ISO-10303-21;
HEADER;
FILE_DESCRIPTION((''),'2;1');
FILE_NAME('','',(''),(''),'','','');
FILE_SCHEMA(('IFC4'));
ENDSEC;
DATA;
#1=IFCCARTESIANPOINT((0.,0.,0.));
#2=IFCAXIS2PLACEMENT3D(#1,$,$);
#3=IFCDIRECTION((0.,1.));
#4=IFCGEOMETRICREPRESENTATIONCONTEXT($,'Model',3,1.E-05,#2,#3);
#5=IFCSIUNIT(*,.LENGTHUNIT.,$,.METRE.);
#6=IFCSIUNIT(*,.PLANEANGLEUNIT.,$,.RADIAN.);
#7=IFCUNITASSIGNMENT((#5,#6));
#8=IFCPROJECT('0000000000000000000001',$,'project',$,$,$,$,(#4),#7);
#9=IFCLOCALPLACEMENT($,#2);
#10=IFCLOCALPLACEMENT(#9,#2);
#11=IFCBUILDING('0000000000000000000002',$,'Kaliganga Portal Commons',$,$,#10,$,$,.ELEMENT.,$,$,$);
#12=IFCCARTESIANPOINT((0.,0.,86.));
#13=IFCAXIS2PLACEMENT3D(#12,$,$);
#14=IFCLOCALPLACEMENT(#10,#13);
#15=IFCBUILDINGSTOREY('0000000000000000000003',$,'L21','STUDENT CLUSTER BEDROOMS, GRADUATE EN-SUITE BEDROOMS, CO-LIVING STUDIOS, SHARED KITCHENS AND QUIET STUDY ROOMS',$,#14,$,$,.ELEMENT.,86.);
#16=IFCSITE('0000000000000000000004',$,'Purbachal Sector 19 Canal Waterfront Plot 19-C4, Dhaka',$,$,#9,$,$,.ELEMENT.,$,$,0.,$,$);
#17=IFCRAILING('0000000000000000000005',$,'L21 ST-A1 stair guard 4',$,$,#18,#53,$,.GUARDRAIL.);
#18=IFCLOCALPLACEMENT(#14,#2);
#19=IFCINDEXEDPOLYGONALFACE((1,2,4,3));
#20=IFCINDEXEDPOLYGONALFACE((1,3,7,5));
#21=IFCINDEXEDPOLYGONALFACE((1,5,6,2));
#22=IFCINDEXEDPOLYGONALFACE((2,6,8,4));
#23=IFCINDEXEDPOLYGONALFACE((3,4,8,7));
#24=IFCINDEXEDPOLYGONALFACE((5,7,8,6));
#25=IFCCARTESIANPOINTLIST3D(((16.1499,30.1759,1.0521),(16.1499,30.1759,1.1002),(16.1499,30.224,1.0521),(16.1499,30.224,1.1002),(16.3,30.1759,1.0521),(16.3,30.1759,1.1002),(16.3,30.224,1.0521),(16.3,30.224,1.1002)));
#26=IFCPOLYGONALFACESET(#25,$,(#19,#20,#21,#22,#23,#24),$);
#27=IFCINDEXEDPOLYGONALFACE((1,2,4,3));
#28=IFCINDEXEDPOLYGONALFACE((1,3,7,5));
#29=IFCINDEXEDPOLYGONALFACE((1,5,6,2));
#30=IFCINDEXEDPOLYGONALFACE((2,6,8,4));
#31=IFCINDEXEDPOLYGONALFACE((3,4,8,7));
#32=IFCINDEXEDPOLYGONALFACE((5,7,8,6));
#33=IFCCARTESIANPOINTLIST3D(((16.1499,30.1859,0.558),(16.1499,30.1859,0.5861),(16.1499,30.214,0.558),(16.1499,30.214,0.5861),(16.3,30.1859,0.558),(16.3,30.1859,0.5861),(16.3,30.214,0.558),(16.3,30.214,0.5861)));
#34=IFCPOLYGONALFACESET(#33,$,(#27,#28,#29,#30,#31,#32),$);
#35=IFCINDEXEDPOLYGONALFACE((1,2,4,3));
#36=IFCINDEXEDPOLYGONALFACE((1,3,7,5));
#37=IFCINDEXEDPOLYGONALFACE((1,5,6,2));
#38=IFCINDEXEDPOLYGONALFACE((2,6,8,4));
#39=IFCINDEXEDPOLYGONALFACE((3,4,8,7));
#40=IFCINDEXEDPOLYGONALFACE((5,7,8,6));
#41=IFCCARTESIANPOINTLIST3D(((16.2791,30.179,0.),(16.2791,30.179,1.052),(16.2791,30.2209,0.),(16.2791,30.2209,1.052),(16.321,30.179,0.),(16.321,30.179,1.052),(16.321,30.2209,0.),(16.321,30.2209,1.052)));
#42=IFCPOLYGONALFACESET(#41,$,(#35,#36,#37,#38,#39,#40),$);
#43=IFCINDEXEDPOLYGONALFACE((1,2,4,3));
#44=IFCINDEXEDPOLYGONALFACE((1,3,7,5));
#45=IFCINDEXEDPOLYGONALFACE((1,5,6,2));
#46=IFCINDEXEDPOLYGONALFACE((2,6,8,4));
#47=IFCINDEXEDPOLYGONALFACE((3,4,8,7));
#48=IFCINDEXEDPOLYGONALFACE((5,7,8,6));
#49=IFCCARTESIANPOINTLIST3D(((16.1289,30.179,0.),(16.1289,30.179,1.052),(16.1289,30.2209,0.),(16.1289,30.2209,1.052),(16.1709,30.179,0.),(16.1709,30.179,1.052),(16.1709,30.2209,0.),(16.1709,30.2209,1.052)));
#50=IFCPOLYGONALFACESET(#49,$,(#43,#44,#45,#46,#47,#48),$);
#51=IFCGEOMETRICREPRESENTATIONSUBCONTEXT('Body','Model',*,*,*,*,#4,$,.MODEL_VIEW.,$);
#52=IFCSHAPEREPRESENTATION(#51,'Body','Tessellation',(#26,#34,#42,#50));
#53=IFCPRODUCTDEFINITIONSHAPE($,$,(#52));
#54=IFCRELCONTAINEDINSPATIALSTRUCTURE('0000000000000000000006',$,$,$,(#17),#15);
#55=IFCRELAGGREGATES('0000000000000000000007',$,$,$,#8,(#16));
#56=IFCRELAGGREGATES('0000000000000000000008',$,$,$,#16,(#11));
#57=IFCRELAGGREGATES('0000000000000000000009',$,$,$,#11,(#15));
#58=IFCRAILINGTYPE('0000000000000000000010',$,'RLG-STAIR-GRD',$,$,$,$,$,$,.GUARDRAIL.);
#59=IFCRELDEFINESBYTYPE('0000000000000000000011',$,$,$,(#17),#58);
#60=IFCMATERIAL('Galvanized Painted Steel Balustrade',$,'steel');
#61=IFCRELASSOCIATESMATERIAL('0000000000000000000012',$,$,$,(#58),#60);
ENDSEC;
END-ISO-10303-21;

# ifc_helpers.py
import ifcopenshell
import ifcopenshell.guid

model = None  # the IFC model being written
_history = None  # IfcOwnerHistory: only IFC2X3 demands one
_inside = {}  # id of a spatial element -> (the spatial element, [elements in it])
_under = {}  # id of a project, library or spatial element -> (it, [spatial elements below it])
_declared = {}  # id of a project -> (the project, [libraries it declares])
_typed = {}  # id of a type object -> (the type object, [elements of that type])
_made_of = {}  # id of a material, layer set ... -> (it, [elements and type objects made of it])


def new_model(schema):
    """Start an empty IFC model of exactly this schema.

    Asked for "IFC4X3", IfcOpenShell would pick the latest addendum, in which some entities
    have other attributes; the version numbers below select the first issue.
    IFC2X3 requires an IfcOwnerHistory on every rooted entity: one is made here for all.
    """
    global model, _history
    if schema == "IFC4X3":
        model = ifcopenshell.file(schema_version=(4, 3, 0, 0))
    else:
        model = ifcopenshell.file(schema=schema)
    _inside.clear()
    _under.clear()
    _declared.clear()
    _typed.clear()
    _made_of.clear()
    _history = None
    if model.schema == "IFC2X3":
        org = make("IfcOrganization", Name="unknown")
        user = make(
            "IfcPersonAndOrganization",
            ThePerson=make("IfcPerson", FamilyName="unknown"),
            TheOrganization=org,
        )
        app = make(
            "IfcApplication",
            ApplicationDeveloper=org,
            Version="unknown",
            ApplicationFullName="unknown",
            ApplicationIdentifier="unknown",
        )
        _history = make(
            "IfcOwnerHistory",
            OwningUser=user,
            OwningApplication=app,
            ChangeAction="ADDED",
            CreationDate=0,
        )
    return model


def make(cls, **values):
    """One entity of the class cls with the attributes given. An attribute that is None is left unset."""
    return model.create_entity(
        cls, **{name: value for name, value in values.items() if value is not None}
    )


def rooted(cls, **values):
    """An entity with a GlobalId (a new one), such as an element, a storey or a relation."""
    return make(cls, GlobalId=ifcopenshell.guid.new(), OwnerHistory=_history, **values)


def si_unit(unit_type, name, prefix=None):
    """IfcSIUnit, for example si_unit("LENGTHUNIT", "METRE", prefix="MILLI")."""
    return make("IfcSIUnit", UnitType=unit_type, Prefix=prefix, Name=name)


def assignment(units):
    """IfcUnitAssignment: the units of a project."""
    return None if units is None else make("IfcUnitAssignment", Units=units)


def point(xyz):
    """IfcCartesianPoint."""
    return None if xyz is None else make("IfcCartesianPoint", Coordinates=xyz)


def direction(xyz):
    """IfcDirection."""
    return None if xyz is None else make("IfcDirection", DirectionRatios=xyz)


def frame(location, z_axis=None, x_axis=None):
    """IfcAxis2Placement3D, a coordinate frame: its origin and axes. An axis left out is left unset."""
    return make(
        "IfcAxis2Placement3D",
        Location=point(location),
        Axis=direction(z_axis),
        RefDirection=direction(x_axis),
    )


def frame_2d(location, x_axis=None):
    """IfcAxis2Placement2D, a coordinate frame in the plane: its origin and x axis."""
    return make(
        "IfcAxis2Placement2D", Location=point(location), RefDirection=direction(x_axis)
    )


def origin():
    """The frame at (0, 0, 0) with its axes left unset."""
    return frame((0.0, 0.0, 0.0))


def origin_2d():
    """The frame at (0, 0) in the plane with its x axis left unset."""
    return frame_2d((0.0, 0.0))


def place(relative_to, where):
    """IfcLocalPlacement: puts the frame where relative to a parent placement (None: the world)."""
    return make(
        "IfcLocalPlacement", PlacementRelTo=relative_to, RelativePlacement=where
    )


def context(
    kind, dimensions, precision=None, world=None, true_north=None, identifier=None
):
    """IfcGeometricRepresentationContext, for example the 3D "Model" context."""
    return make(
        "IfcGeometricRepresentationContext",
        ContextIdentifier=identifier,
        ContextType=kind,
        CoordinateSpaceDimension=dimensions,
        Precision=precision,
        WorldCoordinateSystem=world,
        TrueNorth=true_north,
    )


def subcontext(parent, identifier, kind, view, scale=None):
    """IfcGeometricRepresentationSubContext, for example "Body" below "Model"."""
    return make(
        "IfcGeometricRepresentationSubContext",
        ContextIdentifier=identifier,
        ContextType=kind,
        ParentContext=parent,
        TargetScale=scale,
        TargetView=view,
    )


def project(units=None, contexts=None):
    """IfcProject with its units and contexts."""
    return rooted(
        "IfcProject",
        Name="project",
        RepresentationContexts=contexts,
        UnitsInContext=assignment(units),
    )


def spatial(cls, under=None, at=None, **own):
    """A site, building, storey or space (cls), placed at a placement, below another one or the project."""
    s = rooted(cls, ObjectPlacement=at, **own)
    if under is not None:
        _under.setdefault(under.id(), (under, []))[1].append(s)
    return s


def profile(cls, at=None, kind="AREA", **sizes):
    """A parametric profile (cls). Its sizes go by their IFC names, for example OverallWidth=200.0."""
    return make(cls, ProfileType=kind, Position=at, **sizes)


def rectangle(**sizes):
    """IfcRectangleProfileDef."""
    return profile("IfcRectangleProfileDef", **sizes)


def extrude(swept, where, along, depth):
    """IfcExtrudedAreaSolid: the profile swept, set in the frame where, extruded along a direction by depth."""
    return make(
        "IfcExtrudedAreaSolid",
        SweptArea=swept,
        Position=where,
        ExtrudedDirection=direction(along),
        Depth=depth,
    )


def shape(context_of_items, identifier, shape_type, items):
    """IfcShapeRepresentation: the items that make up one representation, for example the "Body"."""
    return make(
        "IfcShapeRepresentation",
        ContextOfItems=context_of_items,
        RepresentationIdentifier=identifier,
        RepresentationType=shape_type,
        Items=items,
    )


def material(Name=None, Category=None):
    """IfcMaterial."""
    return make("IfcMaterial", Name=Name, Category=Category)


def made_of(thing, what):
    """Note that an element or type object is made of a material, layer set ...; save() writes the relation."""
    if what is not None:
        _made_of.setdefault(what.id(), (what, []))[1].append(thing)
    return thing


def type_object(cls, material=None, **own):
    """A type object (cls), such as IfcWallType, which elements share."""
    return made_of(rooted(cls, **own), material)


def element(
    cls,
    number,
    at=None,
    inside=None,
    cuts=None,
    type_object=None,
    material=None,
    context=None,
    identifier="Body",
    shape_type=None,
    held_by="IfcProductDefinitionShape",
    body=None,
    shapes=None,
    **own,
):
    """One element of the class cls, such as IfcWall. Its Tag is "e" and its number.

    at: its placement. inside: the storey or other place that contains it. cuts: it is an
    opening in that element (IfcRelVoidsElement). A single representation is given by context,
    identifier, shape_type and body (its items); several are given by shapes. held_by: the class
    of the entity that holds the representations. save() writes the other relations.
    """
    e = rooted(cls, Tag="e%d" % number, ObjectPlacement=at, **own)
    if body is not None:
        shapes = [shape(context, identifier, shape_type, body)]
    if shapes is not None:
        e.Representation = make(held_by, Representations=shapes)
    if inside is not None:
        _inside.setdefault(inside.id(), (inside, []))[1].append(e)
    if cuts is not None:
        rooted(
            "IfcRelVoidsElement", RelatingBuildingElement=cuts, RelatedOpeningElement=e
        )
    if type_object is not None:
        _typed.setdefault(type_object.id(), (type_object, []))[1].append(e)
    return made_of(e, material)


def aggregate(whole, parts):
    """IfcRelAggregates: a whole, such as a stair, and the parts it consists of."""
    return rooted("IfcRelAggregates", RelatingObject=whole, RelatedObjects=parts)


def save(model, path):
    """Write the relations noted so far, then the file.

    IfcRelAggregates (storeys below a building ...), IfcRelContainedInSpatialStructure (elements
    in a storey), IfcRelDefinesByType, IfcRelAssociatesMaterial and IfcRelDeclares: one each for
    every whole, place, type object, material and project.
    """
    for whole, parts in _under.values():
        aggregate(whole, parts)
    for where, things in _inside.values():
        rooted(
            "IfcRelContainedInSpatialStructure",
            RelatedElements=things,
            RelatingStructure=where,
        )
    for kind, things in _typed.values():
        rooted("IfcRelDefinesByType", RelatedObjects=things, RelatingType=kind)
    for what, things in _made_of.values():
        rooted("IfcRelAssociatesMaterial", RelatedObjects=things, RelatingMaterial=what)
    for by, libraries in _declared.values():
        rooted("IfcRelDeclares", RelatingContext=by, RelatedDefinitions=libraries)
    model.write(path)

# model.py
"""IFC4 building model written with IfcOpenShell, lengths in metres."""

from ifc_helpers import new_model, si_unit, direction, frame, origin, origin_2d, place, context, subcontext, project, spatial, rectangle, extrude, material, type_object, element, save


model = new_model("IFC4")

# Units and contexts
model_context = context("Model", 3, precision=1e-05, world=origin(), true_north=direction((0.0, 1.0)))
body_context = subcontext(model_context, "Body", "Model", "MODEL_VIEW")
ifc_project = project(units=[si_unit("LENGTHUNIT", "METRE"), si_unit("PLANEANGLEUNIT", "RADIAN")], contexts=[model_context])

# Site, building, storey
site_placement = place(None, origin())
site = spatial("IfcSite", under=ifc_project, at=site_placement, Name="Purbachal Sector 19 Canal Waterfront Plot 19-C4, Dhaka", CompositionType="ELEMENT", RefElevation=0.0)
building_placement = place(site_placement, origin())
building = spatial("IfcBuilding", under=site, at=building_placement, Name="Kaliganga Portal Commons", CompositionType="ELEMENT")
storey_placement = place(building_placement, frame((0.0, 0.0, 86.0)))
storey = spatial("IfcBuildingStorey", under=building, at=storey_placement, Name="L21", Description="STUDENT CLUSTER BEDROOMS, GRADUATE EN-SUITE BEDROOMS, CO-LIVING STUDIOS, SHARED KITCHENS AND QUIET STUDY ROOMS", CompositionType="ELEMENT", Elevation=86.0)

# Railing
ifc_material_1 = material(Name="Galvanized Painted Steel Balustrade", Category="steel")
railing_type = type_object("IfcRailingType", Name="RLG-STAIR-GRD", PredefinedType="GUARDRAIL", material=ifc_material_1)
railing_1_placement = place(storey_placement, frame((16.3, 30.2, 0.0)))
element("IfcRailing", 1, at=railing_1_placement, inside=storey, type_object=railing_type, Name="L21 ST-A1 stair guard 4", PredefinedType="GUARDRAIL", context=body_context, shape_type="SweptSolid", body=[
    extrude(rectangle(XDim=0.0481, YDim=0.0481, at=origin_2d()), frame((0.0, 0.0, 1.0762), z_axis=(-1.0, 0.0, 0.0), x_axis=(0.0, -1.0, 0.0)), (0.0, 0.0, 1.0), 0.1501),
    extrude(rectangle(XDim=0.0281, YDim=0.0281, at=origin_2d()), frame((0.0, 0.0, 0.572), z_axis=(-1.0, 0.0, 0.0), x_axis=(0.0, -1.0, 0.0)), (0.0, 0.0, 1.0), 0.1501),
    extrude(rectangle(XDim=0.042, YDim=0.042, at=origin_2d()), origin(), (0.0, 0.0, 1.0), 1.052),
    extrude(rectangle(XDim=0.042, YDim=0.042, at=origin_2d()), frame((-0.1501, 0.0, 0.0)), (0.0, 0.0, 1.0), 1.052),
])

save(model, "model.ifc")
